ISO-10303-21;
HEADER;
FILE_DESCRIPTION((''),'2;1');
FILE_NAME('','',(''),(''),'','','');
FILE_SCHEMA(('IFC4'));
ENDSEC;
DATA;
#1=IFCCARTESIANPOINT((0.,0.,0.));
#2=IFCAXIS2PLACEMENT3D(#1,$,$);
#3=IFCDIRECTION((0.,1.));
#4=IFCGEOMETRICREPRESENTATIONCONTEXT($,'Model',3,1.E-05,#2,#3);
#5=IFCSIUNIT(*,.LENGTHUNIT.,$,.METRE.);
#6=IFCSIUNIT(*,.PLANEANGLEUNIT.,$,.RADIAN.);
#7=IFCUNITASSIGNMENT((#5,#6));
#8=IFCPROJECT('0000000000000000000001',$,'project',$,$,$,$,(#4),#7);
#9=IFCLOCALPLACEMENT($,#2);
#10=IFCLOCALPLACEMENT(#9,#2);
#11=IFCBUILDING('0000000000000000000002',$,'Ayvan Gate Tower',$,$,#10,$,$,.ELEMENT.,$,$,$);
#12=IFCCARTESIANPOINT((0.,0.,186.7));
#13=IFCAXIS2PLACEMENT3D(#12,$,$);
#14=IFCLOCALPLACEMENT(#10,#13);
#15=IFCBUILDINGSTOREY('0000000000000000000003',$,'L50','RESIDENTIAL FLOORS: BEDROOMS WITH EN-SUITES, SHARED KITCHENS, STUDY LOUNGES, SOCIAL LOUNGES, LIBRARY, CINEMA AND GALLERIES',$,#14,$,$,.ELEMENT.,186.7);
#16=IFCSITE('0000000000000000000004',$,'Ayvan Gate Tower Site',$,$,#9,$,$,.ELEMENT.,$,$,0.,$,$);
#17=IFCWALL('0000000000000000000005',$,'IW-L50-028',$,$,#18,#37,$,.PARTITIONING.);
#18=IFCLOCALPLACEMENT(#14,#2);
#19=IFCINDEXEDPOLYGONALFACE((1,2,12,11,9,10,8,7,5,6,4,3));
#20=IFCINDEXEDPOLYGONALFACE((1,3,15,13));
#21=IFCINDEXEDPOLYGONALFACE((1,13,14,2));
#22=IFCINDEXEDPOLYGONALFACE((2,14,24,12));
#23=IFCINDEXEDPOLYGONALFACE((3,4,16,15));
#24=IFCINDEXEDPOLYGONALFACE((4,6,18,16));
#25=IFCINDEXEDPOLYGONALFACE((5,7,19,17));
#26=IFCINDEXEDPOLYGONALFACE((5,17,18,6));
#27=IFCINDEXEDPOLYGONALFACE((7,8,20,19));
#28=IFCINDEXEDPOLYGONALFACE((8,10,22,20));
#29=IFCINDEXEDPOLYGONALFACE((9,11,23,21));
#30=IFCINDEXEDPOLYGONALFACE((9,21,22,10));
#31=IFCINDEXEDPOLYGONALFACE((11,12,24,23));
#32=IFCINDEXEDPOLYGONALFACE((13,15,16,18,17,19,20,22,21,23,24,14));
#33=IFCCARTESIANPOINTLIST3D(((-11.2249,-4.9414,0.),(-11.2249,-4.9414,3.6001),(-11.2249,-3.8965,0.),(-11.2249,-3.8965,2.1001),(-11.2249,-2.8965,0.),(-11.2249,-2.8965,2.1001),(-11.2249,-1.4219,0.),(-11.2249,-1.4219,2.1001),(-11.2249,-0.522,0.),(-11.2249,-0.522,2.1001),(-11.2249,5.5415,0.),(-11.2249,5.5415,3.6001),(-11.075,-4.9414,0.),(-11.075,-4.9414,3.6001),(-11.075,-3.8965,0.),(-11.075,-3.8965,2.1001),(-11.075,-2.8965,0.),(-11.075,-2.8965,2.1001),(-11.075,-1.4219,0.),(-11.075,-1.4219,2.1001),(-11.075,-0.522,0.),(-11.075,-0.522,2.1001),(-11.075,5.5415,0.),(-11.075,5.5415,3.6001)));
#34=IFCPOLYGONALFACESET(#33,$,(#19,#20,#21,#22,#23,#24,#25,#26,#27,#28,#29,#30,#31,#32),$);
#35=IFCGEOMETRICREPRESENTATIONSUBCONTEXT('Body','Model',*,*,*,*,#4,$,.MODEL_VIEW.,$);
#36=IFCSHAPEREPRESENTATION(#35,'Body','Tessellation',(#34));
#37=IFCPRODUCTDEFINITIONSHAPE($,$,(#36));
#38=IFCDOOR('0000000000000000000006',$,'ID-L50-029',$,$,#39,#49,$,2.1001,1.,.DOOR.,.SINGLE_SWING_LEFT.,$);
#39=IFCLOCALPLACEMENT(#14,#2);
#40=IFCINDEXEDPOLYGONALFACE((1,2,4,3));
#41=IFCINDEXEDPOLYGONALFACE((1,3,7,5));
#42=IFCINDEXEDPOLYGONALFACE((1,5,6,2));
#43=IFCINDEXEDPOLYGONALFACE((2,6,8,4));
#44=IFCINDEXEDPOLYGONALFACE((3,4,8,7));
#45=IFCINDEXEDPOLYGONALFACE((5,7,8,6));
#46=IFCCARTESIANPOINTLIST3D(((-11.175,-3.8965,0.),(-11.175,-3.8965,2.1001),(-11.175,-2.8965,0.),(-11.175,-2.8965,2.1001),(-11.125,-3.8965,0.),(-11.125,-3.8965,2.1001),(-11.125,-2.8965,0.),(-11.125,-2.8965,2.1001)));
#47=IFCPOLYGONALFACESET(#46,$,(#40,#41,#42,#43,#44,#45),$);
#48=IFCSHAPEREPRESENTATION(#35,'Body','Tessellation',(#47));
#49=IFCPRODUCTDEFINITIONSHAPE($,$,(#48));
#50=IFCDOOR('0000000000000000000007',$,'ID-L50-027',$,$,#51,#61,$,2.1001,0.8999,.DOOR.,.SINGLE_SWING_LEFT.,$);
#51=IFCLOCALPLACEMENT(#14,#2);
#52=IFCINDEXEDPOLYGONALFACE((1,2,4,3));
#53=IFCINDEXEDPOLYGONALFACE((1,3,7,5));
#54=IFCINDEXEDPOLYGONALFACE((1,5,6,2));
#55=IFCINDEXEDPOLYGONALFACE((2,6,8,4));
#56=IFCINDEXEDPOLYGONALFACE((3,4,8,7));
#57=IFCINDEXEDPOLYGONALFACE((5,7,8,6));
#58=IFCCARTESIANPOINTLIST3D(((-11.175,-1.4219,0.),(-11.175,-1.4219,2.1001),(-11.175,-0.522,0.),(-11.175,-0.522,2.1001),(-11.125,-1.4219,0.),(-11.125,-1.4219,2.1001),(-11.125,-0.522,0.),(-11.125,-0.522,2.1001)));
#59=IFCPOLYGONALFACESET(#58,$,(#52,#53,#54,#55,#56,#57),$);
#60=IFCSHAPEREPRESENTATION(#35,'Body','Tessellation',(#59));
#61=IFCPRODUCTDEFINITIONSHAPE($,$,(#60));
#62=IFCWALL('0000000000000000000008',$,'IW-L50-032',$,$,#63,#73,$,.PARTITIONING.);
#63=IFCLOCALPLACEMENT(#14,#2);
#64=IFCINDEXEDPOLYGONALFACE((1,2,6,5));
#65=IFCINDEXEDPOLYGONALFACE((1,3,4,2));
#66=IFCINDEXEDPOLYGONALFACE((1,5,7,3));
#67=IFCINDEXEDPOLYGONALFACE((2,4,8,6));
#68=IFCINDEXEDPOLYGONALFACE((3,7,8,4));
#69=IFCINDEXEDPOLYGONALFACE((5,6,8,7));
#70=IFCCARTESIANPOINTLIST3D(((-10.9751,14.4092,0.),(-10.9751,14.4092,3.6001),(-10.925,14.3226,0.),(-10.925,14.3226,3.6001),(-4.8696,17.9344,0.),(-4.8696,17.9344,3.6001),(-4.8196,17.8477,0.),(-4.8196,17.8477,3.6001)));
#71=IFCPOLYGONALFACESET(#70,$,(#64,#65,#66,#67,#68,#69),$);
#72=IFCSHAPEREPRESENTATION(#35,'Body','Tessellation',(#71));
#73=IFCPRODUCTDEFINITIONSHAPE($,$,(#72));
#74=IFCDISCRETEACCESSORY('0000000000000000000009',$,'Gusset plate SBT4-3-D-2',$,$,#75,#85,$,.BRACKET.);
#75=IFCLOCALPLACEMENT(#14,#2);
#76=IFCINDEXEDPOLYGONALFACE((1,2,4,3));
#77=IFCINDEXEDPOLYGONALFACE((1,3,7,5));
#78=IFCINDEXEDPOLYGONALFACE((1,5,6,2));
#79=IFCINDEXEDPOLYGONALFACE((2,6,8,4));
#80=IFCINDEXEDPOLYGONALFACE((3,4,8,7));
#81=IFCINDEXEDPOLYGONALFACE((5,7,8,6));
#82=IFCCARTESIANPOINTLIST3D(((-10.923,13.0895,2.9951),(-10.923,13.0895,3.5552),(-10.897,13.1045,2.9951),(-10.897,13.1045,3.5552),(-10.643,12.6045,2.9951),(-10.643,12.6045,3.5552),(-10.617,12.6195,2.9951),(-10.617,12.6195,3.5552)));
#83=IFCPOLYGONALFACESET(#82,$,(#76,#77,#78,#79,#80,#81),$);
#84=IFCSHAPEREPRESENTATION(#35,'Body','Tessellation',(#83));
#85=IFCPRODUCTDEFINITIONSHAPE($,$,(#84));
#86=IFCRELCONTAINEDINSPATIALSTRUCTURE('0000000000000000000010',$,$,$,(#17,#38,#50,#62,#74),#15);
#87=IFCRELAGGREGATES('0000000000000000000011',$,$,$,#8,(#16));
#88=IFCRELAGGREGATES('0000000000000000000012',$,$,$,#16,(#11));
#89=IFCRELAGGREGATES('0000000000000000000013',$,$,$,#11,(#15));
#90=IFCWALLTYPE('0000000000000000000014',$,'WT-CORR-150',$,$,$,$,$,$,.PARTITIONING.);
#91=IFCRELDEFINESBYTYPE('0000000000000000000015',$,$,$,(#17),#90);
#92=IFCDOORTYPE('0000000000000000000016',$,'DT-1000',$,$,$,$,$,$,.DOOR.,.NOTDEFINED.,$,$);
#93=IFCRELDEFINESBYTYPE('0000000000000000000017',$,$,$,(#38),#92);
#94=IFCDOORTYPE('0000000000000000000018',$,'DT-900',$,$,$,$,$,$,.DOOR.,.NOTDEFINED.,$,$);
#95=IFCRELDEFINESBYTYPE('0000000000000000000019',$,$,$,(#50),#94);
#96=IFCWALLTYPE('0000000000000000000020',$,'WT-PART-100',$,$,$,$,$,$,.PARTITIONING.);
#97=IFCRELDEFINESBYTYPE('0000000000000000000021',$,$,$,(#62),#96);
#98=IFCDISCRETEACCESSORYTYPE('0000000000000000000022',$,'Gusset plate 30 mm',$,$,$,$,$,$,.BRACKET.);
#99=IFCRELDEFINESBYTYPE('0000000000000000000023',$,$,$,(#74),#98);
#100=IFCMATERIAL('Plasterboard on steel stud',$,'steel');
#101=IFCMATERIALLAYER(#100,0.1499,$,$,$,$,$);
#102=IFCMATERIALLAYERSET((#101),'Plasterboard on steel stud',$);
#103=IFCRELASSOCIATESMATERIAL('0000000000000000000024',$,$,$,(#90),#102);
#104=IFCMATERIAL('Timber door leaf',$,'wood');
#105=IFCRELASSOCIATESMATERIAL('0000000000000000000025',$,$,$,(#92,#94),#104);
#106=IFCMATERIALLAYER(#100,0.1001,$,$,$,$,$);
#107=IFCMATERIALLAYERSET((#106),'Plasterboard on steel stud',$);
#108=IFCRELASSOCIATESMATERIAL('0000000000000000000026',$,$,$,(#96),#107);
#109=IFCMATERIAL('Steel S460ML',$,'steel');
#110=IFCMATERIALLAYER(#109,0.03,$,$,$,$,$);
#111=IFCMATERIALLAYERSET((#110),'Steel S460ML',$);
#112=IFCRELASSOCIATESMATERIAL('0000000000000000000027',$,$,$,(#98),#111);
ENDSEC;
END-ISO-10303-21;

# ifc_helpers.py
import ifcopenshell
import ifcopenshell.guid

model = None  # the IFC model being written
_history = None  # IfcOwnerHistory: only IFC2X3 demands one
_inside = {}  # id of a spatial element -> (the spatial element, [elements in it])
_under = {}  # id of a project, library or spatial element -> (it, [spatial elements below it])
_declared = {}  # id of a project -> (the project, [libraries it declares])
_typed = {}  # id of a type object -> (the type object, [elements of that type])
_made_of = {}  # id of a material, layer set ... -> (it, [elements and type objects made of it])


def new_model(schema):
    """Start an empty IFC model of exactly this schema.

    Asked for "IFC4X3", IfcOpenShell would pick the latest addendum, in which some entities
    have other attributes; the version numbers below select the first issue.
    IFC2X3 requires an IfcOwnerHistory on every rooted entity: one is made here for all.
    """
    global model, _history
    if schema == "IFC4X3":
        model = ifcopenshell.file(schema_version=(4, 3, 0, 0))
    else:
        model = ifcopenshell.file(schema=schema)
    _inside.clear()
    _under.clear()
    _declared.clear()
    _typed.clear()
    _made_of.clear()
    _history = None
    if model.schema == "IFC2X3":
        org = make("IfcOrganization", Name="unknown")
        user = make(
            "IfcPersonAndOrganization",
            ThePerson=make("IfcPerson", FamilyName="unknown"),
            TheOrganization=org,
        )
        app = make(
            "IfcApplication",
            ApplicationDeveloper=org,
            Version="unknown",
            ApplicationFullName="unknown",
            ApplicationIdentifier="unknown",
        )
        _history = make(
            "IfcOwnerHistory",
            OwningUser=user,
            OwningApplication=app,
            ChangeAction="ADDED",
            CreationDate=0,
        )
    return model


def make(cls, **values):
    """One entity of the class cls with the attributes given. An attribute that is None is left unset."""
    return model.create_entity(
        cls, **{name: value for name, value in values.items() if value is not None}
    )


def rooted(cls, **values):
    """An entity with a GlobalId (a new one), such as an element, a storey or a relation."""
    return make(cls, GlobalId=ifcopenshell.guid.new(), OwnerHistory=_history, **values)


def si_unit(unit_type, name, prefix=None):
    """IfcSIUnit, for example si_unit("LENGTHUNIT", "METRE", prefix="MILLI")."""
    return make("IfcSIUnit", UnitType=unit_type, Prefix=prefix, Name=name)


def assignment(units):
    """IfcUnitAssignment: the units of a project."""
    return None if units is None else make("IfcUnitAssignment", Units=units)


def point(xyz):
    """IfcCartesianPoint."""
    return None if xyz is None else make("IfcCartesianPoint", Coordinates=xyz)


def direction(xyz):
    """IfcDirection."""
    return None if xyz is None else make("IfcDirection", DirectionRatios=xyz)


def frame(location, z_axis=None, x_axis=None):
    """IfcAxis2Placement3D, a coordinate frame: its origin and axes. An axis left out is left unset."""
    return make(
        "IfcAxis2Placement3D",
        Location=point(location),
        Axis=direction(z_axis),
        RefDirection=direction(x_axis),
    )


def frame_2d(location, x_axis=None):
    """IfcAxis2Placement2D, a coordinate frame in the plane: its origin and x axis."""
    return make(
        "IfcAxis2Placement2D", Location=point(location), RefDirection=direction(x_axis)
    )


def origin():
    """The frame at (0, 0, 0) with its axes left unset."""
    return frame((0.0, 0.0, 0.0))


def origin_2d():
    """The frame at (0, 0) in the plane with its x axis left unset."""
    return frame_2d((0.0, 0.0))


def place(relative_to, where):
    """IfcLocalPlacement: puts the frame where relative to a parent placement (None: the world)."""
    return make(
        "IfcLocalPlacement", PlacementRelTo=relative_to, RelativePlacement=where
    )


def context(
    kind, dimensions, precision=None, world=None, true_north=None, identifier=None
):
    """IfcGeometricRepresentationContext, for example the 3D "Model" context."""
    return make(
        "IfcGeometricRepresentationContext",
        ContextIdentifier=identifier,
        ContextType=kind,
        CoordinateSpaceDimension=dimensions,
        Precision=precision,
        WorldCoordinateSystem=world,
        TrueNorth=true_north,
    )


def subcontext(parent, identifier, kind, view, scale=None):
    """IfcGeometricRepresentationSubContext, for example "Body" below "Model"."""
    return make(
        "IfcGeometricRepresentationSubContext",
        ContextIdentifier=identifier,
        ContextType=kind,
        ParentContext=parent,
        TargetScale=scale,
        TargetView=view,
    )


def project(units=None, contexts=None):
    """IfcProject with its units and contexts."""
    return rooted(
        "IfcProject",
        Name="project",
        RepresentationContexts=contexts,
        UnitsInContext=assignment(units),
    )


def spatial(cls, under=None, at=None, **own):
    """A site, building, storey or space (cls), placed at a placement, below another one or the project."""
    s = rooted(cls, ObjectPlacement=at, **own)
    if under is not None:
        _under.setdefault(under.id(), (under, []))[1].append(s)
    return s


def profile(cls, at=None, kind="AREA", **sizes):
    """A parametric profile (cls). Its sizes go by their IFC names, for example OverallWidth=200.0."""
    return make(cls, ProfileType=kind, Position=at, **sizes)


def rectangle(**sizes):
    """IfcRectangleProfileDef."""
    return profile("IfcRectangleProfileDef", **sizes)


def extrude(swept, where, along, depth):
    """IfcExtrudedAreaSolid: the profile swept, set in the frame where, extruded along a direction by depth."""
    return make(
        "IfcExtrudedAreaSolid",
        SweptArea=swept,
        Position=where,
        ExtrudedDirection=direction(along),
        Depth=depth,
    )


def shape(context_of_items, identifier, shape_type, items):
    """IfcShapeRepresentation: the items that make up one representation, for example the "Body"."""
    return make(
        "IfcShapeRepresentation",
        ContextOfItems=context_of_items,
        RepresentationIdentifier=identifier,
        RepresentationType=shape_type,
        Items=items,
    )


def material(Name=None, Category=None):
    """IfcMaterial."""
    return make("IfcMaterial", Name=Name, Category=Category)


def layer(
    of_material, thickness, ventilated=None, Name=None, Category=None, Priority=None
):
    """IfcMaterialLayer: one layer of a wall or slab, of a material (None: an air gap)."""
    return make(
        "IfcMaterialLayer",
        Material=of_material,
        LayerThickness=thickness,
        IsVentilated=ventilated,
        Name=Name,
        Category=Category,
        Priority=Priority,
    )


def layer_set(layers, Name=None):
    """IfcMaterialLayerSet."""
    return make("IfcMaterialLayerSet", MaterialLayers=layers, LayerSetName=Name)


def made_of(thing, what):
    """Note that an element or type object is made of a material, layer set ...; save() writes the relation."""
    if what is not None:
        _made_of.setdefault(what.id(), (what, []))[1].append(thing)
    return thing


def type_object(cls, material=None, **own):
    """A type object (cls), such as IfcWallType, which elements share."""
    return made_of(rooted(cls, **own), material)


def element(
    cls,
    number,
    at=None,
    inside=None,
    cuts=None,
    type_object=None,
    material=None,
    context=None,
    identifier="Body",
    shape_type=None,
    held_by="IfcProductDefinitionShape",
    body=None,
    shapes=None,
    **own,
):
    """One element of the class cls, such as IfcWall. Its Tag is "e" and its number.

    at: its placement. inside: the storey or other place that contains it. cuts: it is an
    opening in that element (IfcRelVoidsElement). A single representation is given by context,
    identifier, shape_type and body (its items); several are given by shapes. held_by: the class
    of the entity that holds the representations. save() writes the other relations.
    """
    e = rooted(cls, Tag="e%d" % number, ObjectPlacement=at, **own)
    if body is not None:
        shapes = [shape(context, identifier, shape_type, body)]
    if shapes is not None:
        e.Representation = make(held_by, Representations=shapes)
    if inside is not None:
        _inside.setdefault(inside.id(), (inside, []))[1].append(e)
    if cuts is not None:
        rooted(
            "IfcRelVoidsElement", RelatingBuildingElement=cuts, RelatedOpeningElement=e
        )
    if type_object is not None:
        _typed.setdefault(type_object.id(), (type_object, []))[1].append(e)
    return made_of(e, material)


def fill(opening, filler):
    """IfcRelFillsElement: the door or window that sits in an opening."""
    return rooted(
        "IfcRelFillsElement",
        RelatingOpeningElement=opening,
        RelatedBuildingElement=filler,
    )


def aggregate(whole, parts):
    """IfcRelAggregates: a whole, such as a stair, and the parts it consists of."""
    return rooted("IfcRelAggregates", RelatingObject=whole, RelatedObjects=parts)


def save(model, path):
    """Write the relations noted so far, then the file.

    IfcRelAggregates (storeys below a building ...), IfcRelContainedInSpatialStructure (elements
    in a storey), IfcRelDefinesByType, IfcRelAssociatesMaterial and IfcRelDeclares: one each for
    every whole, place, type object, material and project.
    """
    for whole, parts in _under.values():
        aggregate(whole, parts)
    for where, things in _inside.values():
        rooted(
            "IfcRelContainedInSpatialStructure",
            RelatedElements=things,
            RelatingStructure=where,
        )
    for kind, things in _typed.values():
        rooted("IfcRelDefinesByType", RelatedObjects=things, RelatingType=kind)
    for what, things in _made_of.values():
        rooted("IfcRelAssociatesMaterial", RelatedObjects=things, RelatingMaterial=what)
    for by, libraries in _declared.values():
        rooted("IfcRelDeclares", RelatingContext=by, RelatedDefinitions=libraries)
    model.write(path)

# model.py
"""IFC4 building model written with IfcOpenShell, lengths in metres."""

from ifc_helpers import new_model, si_unit, direction, frame, frame_2d, origin, origin_2d, place, context, subcontext, project, spatial, rectangle, extrude, material, layer, layer_set, type_object, element, fill, save


model = new_model("IFC4")

# Units and contexts
model_context = context("Model", 3, precision=1e-05, world=origin(), true_north=direction((0.0, 1.0)))
body_context = subcontext(model_context, "Body", "Model", "MODEL_VIEW")
ifc_project = project(units=[si_unit("LENGTHUNIT", "METRE"), si_unit("PLANEANGLEUNIT", "RADIAN")], contexts=[model_context])

# Site, building, storey
site_placement = place(None, origin())
site = spatial("IfcSite", under=ifc_project, at=site_placement, Name="Ayvan Gate Tower Site", CompositionType="ELEMENT", RefElevation=0.0)
building_placement = place(site_placement, origin())
building = spatial("IfcBuilding", under=site, at=building_placement, Name="Ayvan Gate Tower", CompositionType="ELEMENT")
storey_placement = place(building_placement, frame((0.0, 0.0, 186.7)))
storey = spatial("IfcBuildingStorey", under=building, at=storey_placement, Name="L50", Description="RESIDENTIAL FLOORS: BEDROOMS WITH EN-SUITES, SHARED KITCHENS, STUDY LOUNGES, SOCIAL LOUNGES, LIBRARY, CINEMA AND GALLERIES", CompositionType="ELEMENT", Elevation=186.7)

# Shared definitions
ifc_material_1 = material(Name="Plasterboard on steel stud", Category="steel")
ifc_layer_1 = layer(ifc_material_1, 0.1499)
ifc_layer_set_1 = layer_set([ifc_layer_1], Name="Plasterboard on steel stud")
wall_type_1 = type_object("IfcWallType", Name="WT-CORR-150", PredefinedType="PARTITIONING", material=ifc_layer_set_1)

# Wall, openings, doors
wall_1_placement = place(storey_placement, frame((-11.1499, 5.5415, 0.0), z_axis=(0.0, 0.0, 1.0), x_axis=(0.0, -1.0, 0.0)))
wall_1 = element("IfcWall", 1, at=wall_1_placement, inside=storey, type_object=wall_type_1, Name="IW-L50-028", PredefinedType="PARTITIONING", context=body_context, shape_type="SweptSolid", body=[
    extrude(rectangle(XDim=10.4829, YDim=0.1499, at=frame_2d((5.2415, 0.0))), origin(), (0.0, 0.0, 1.0), 3.6001),
])
opening_1_placement = place(wall_1_placement, frame((6.0635, 0.0, 0.0)))
opening_1 = element("IfcOpeningElement", 2, at=opening_1_placement, cuts=wall_1, PredefinedType="OPENING", context=body_context, shape_type="SweptSolid", body=[
    extrude(rectangle(XDim=0.8999, YDim=2.1001, at=frame_2d((0.45, 1.05))), frame((0.0, 0.085, 0.0), z_axis=(0.0, -1.0, 0.0), x_axis=(1.0, 0.0, 0.0)), (0.0, 0.0, 1.0), 0.1699),
])
opening_2_placement = place(wall_1_placement, frame((8.438, 0.0, 0.0)))
opening_2 = element("IfcOpeningElement", 3, at=opening_2_placement, cuts=wall_1, PredefinedType="OPENING", context=body_context, shape_type="SweptSolid", body=[
    extrude(rectangle(XDim=1.0, YDim=2.1001, at=frame_2d((0.5, 1.05))), frame((0.0, 0.085, 0.0), z_axis=(0.0, -1.0, 0.0), x_axis=(1.0, 0.0, 0.0)), (0.0, 0.0, 1.0), 0.1699),
])
ifc_material_2 = material(Name="Timber door leaf", Category="wood")
door_type_1 = type_object("IfcDoorType", Name="DT-1000", OperationType="NOTDEFINED", PredefinedType="DOOR", material=ifc_material_2)
door_1_placement = place(opening_2_placement, origin())
door_1 = element("IfcDoor", 4, at=door_1_placement, inside=storey, type_object=door_type_1, Name="ID-L50-029", OperationType="SINGLE_SWING_LEFT", OverallHeight=2.1001, OverallWidth=1.0, PredefinedType="DOOR", context=body_context, shape_type="SweptSolid", body=[
    extrude(rectangle(XDim=1.0, YDim=2.1001, at=frame_2d((0.5, 1.05))), frame((0.0, 0.0249, 0.0), z_axis=(0.0, -1.0, 0.0), x_axis=(1.0, 0.0, 0.0)), (0.0, 0.0, 1.0), 0.05),
])
fill(opening_2, door_1)
door_type_2 = type_object("IfcDoorType", Name="DT-900", OperationType="NOTDEFINED", PredefinedType="DOOR", material=ifc_material_2)
door_2_placement = place(opening_1_placement, origin())
door_2 = element("IfcDoor", 5, at=door_2_placement, inside=storey, type_object=door_type_2, Name="ID-L50-027", OperationType="SINGLE_SWING_LEFT", OverallHeight=2.1001, OverallWidth=0.8999, PredefinedType="DOOR", context=body_context, shape_type="SweptSolid", body=[
    extrude(rectangle(XDim=0.8999, YDim=2.1001, at=frame_2d((0.45, 1.05))), frame((0.0, 0.0249, 0.0), z_axis=(0.0, -1.0, 0.0), x_axis=(1.0, 0.0, 0.0)), (0.0, 0.0, 1.0), 0.05),
])
fill(opening_1, door_2)

# Wall
ifc_layer_2 = layer(ifc_material_1, 0.1001)
ifc_layer_set_2 = layer_set([ifc_layer_2], Name="Plasterboard on steel stud")
wall_type_2 = type_object("IfcWallType", Name="WT-PART-100", PredefinedType="PARTITIONING", material=ifc_layer_set_2)
wall_2_placement = place(storey_placement, frame((-10.95, 14.366, 0.0), z_axis=(0.0, 0.0, 1.0), x_axis=(0.866016, 0.500016, 0.0)))
element("IfcWall", 6, at=wall_2_placement, inside=storey, type_object=wall_type_2, Name="IW-L50-032", PredefinedType="PARTITIONING", context=body_context, shape_type="SweptSolid", body=[
    extrude(rectangle(XDim=7.05, YDim=0.1001, at=frame_2d((3.5249, 0.0))), origin(), (0.0, 0.0, 1.0), 3.6001),
])

# Discrete accessory
ifc_material_3 = material(Name="Steel S460ML", Category="steel")
ifc_layer_3 = layer(ifc_material_3, 0.03)
ifc_layer_set_3 = layer_set([ifc_layer_3], Name="Steel S460ML")
discrete_accessory_type = type_object("IfcDiscreteAccessoryType", Name="Gusset plate 30 mm", PredefinedType="BRACKET", material=ifc_layer_set_3)
discrete_accessory_placement = place(storey_placement, frame((-10.77, 12.8545, 2.9951), z_axis=(0.0, 0.0, 1.0), x_axis=(-0.5, 0.866025, 0.0)))
element("IfcDiscreteAccessory", 7, at=discrete_accessory_placement, inside=storey, type_object=discrete_accessory_type, Name="Gusset plate SBT4-3-D-2", PredefinedType="BRACKET", context=body_context, shape_type="SweptSolid", body=[
    extrude(rectangle(XDim=0.5601, YDim=0.03, at=origin_2d()), origin(), (0.0, 0.0, 1.0), 0.5601),
])

save(model, "model.ifc")
